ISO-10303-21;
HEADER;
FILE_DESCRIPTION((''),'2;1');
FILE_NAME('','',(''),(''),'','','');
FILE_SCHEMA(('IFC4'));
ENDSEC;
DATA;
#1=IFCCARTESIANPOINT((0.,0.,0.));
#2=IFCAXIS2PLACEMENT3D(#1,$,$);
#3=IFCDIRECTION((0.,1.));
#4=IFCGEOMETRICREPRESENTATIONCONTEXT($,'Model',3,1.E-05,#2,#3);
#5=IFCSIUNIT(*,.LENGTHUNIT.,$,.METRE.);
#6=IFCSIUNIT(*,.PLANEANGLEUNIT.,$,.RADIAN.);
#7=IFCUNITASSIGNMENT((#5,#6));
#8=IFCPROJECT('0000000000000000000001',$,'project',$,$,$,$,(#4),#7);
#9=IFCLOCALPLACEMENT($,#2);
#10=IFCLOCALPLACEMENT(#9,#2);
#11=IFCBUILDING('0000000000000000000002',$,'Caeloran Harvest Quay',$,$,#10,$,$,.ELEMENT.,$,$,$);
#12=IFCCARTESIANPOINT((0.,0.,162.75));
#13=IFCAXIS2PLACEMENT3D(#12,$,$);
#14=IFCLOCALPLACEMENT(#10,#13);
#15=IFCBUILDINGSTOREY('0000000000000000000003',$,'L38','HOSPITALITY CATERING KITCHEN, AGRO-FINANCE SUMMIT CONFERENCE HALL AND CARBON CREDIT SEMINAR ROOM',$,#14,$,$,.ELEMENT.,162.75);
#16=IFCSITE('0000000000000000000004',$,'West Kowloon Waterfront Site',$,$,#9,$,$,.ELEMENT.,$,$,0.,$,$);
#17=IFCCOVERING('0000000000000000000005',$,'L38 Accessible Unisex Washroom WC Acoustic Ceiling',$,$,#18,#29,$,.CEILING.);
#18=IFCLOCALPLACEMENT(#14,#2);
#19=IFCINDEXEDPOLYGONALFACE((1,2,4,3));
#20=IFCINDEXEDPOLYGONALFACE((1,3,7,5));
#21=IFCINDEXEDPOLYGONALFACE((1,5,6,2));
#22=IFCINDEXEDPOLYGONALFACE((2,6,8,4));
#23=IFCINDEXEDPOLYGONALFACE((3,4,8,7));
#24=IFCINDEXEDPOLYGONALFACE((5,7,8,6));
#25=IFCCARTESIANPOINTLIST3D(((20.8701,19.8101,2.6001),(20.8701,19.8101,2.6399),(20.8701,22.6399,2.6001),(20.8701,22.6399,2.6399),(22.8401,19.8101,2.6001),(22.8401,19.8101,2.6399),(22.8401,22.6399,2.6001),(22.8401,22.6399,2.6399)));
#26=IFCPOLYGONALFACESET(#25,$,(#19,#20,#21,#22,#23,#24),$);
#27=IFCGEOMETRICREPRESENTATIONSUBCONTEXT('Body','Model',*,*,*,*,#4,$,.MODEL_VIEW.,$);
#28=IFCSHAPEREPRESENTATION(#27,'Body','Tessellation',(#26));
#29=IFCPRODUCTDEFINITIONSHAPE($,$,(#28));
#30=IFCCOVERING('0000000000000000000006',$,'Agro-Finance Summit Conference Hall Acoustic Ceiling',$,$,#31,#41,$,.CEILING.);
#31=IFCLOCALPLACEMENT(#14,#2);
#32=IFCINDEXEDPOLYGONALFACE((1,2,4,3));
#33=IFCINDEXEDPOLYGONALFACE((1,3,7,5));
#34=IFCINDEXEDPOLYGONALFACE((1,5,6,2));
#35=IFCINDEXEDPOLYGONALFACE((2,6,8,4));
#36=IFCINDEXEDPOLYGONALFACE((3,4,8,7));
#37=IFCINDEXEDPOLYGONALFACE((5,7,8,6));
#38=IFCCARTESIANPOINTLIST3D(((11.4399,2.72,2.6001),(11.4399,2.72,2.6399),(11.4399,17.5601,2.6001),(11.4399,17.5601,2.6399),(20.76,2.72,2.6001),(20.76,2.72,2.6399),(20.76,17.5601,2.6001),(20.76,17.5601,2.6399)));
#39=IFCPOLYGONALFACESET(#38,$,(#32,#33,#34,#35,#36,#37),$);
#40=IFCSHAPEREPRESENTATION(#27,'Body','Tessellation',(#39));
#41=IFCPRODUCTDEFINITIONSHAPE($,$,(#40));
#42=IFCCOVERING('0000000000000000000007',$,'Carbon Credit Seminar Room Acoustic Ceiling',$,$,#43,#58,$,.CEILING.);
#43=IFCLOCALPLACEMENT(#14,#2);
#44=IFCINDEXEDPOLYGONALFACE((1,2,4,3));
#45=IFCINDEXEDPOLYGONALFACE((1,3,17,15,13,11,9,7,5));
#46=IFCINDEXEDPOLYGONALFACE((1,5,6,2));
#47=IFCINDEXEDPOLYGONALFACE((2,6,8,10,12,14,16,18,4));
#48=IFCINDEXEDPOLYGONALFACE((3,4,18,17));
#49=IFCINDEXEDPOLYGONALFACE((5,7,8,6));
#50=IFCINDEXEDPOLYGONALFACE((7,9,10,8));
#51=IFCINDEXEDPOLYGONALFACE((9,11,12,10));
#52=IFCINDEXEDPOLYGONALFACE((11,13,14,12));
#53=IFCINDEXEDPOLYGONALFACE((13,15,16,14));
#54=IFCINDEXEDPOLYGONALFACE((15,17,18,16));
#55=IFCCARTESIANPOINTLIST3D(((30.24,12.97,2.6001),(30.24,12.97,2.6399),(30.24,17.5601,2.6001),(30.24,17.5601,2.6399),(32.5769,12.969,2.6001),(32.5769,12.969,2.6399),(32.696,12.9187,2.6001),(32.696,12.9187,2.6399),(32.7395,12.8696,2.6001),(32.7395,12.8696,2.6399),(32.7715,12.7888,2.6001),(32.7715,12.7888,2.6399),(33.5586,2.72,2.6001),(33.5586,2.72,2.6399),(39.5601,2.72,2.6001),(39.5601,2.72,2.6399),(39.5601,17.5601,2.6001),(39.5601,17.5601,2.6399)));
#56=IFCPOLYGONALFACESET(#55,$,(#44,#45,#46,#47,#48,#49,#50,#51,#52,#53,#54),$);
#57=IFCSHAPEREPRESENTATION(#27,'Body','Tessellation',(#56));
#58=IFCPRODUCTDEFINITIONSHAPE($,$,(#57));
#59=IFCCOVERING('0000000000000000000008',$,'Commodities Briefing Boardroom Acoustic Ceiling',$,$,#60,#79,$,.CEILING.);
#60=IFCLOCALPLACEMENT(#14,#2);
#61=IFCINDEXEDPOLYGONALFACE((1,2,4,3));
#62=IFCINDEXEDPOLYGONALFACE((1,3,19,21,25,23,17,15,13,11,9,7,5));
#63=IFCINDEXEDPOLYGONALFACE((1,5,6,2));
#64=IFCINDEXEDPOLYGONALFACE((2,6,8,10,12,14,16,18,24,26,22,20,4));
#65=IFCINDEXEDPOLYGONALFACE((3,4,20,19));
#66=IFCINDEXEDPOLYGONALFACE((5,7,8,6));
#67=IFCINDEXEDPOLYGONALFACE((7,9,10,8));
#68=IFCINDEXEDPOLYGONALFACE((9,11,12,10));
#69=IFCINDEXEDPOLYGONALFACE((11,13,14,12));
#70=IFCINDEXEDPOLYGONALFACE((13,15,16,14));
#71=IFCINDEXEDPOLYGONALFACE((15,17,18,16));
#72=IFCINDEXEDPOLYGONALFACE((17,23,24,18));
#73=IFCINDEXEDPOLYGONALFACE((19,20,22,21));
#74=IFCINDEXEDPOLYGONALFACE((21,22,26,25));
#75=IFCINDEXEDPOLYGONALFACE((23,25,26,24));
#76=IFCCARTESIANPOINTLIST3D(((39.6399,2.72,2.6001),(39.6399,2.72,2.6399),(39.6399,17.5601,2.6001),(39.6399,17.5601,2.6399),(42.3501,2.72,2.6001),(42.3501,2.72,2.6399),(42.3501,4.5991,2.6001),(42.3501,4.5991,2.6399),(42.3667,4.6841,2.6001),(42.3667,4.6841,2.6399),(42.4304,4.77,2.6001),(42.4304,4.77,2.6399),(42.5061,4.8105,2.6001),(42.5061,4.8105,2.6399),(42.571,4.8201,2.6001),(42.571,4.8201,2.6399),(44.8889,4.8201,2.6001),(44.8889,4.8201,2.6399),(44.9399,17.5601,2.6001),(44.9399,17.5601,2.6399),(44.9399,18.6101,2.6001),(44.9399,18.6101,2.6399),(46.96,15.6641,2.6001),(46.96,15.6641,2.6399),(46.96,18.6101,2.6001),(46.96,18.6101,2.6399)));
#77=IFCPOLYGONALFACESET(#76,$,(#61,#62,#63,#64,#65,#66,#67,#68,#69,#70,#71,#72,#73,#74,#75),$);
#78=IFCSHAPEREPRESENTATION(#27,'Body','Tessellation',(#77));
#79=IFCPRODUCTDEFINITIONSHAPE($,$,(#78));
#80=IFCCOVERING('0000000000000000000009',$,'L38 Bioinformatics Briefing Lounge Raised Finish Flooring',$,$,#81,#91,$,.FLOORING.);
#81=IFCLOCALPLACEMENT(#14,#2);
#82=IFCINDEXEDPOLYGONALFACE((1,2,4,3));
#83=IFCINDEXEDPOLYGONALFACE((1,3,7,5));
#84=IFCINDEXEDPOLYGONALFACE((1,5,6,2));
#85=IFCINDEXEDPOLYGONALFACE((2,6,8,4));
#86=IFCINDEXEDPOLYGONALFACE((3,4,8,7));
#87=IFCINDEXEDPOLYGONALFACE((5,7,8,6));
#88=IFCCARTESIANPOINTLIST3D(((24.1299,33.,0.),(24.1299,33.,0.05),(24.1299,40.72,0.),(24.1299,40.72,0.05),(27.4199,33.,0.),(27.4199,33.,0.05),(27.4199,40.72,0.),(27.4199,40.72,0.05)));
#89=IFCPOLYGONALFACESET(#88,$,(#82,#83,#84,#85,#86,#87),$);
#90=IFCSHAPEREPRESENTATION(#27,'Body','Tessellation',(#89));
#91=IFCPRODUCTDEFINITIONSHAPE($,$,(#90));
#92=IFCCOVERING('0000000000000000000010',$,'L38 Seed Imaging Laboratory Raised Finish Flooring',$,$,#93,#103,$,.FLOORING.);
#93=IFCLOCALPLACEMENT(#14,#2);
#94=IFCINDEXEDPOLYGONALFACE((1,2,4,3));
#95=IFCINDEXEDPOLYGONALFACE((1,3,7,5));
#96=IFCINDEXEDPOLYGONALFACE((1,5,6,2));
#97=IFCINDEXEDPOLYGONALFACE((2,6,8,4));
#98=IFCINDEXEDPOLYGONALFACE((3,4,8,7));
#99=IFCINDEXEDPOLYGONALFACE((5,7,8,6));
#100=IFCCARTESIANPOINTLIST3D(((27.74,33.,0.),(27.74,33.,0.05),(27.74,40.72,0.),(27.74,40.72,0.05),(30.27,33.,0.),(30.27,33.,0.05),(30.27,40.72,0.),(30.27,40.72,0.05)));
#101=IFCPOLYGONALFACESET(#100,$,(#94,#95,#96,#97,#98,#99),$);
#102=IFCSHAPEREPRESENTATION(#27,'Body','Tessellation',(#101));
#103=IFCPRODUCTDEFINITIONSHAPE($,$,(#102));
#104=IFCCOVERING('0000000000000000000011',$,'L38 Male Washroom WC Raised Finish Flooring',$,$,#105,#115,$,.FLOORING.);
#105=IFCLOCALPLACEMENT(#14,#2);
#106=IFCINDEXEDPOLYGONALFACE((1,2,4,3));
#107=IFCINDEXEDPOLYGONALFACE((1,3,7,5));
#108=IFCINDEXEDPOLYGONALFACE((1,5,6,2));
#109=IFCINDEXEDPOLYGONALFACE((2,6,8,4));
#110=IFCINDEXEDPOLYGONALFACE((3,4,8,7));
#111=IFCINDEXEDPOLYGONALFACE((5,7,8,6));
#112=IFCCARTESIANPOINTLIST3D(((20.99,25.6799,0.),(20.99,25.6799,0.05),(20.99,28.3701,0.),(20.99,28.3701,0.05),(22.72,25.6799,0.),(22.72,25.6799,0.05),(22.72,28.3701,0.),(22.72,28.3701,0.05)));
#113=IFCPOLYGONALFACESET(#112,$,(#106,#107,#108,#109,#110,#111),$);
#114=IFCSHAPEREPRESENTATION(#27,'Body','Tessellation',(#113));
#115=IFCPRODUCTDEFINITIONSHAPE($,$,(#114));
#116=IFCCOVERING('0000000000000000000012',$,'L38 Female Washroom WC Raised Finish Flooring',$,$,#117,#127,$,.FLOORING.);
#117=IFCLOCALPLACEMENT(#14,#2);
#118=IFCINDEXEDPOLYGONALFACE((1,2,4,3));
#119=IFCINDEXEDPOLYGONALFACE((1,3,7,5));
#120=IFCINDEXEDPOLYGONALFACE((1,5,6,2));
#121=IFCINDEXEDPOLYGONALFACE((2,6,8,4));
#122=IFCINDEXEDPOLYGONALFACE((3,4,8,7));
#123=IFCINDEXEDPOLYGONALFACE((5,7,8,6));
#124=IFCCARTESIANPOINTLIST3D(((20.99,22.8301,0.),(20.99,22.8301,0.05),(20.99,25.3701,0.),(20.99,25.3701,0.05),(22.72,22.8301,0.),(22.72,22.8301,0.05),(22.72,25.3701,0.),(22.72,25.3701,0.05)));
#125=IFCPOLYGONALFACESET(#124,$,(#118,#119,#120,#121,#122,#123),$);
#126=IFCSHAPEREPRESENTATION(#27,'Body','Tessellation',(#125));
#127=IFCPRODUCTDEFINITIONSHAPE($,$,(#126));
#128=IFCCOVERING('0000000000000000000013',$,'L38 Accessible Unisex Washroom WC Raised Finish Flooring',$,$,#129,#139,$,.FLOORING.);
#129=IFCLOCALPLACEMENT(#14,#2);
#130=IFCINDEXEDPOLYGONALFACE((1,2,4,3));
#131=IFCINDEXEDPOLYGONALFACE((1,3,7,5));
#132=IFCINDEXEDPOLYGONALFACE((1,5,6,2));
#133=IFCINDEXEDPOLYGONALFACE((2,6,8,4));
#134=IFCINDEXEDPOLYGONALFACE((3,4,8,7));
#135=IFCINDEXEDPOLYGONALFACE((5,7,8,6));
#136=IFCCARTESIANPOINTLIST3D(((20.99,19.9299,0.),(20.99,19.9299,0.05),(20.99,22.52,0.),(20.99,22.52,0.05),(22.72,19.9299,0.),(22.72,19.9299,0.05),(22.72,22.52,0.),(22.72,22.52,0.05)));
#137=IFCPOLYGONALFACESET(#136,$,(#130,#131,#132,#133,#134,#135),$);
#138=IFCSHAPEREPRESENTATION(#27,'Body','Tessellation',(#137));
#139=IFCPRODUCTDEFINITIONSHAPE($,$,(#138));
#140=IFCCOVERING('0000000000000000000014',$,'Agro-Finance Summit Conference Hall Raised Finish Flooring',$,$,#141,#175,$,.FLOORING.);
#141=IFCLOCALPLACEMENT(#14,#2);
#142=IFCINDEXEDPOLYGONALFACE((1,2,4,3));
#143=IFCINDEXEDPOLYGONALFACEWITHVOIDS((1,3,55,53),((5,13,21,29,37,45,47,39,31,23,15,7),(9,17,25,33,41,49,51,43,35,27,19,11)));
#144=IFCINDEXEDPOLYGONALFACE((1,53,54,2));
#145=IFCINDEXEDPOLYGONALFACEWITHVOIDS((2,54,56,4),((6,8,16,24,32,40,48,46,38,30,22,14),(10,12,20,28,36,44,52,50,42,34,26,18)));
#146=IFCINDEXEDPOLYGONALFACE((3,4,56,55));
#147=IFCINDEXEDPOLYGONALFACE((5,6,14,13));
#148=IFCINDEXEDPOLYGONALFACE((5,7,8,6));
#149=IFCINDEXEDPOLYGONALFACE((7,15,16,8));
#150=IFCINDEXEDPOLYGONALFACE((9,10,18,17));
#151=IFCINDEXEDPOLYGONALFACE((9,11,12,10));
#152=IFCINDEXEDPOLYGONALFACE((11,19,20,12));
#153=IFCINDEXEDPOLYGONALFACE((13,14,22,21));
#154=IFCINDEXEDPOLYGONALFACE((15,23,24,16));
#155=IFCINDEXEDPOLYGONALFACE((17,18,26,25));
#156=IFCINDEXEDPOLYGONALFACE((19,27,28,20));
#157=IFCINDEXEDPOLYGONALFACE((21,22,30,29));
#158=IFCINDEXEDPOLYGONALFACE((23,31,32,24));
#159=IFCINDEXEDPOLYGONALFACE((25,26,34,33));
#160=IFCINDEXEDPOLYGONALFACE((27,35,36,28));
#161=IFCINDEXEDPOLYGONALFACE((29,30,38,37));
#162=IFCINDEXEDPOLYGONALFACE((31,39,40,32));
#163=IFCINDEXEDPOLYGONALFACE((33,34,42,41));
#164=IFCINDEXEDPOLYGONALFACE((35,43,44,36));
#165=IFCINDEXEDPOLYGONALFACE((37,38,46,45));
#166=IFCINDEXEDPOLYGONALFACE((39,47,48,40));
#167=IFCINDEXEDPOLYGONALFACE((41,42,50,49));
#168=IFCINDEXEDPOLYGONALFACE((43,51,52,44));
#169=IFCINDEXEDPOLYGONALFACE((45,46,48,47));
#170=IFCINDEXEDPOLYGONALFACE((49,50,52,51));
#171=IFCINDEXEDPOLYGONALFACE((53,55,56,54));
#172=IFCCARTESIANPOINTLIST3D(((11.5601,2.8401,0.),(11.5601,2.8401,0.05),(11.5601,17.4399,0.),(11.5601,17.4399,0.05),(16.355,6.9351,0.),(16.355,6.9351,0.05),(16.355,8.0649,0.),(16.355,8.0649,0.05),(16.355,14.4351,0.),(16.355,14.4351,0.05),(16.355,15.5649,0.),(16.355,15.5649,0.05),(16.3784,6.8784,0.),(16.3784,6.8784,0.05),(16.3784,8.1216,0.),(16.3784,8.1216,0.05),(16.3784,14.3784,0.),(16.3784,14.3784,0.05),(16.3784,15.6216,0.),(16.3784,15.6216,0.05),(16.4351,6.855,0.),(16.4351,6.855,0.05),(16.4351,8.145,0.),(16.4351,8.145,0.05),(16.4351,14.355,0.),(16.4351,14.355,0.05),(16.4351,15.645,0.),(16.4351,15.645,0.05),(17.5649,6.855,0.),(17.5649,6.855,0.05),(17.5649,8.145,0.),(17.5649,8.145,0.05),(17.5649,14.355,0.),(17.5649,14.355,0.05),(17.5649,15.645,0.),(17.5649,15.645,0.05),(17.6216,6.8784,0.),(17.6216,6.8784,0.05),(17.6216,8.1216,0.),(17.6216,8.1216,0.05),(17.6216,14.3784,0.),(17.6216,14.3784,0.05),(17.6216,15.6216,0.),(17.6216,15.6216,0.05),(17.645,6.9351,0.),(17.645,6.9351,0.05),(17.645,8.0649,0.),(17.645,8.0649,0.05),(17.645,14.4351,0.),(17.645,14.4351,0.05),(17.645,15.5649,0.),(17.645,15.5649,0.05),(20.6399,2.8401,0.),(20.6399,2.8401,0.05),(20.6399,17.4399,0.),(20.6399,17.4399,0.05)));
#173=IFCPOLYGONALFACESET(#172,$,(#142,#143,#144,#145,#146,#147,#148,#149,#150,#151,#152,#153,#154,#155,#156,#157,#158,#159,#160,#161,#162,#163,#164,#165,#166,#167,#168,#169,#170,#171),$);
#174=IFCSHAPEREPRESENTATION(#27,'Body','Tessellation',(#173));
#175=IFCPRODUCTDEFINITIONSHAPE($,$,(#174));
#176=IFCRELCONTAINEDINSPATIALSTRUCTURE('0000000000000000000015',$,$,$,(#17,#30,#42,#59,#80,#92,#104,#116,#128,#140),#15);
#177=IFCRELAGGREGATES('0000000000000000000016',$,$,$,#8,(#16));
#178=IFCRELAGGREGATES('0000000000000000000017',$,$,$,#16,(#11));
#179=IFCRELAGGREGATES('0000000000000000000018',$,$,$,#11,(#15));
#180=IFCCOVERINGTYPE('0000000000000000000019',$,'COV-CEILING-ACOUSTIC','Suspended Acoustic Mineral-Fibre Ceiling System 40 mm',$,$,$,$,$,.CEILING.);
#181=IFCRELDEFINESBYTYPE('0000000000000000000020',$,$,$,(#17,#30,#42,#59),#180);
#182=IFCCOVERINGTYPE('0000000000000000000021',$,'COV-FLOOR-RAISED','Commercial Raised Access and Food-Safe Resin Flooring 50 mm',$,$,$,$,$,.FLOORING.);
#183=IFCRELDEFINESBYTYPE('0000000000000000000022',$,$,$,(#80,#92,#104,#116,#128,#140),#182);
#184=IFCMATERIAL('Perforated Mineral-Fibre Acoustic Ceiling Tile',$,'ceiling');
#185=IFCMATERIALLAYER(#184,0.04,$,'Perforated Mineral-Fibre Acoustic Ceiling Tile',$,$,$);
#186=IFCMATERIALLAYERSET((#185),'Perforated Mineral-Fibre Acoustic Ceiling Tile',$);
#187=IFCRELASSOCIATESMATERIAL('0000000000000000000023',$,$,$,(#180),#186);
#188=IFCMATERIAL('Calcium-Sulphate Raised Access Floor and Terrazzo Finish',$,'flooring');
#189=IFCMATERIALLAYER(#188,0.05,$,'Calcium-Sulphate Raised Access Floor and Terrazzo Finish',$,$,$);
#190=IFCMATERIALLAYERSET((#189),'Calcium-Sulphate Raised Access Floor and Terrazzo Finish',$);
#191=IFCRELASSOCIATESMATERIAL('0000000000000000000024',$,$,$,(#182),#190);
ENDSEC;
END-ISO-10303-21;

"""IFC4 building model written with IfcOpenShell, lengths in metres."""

from ifc_helpers import new_model, si_unit, direction, frame, origin, place, context, subcontext, project, spatial, polyline, outline, extrude, material, layer, layer_set, type_object, element, save


model = new_model("IFC4")

# Units and contexts
model_context = context("Model", 3, precision=1e-05, world=origin(), true_north=direction((0.0, 1.0)))
body_context = subcontext(model_context, "Body", "Model", "MODEL_VIEW")
ifc_project = project(units=[si_unit("LENGTHUNIT", "METRE"), si_unit("PLANEANGLEUNIT", "RADIAN")], contexts=[model_context])

# Site, building, storey
site_placement = place(None, origin())
site = spatial("IfcSite", under=ifc_project, at=site_placement, Name="West Kowloon Waterfront Site", CompositionType="ELEMENT", RefElevation=0.0)
building_placement = place(site_placement, origin())
building = spatial("IfcBuilding", under=site, at=building_placement, Name="Caeloran Harvest Quay", CompositionType="ELEMENT")
storey_placement = place(building_placement, frame((0.0, 0.0, 162.75)))
storey = spatial("IfcBuildingStorey", under=building, at=storey_placement, Name="L38", Description="HOSPITALITY CATERING KITCHEN, AGRO-FINANCE SUMMIT CONFERENCE HALL AND CARBON CREDIT SEMINAR ROOM", CompositionType="ELEMENT", Elevation=162.75)

# Coverings
ifc_material_1 = material(Name="Perforated Mineral-Fibre Acoustic Ceiling Tile", Category="ceiling")
ifc_layer_1 = layer(ifc_material_1, 0.04, Name="Perforated Mineral-Fibre Acoustic Ceiling Tile")
ifc_layer_set_1 = layer_set([ifc_layer_1], Name="Perforated Mineral-Fibre Acoustic Ceiling Tile")
covering_type_1 = type_object("IfcCoveringType", Name="COV-CEILING-ACOUSTIC", Description="Suspended Acoustic Mineral-Fibre Ceiling System 40 mm", PredefinedType="CEILING", material=ifc_layer_set_1)
covering_1_placement = place(storey_placement, frame((0.0, 0.0, 2.6001)))
element("IfcCovering", 1, at=covering_1_placement, inside=storey, type_object=covering_type_1, Name="L38 Accessible Unisex Washroom WC Acoustic Ceiling", PredefinedType="CEILING", context=body_context, shape_type="SweptSolid", body=[
    extrude(outline(polyline([(22.8401, 19.8101), (20.8701, 19.8101), (20.8701, 22.6399), (22.8401, 22.6399), (22.8401, 19.8101)])), origin(), (0.0, 0.0, 1.0), 0.0398),
])
covering_2_placement = place(storey_placement, frame((0.0, 0.0, 2.6001)))
element("IfcCovering", 2, at=covering_2_placement, inside=storey, type_object=covering_type_1, Name="Agro-Finance Summit Conference Hall Acoustic Ceiling", PredefinedType="CEILING", context=body_context, shape_type="SweptSolid", body=[
    extrude(outline(polyline([(20.76, 2.72), (11.4399, 2.72), (11.4399, 17.5601), (20.76, 17.5601), (20.76, 2.72)])), origin(), (0.0, 0.0, 1.0), 0.0398),
])
covering_3_placement = place(storey_placement, frame((0.0, 0.0, 2.6001)))
element("IfcCovering", 3, at=covering_3_placement, inside=storey, type_object=covering_type_1, Name="Carbon Credit Seminar Room Acoustic Ceiling", PredefinedType="CEILING", context=body_context, shape_type="SweptSolid", body=[
    extrude(outline(polyline([(32.7715, 12.7888), (32.7395, 12.8696), (32.696, 12.9187), (32.5769, 12.969), (30.24, 12.97), (30.24, 17.5601), (39.5601, 17.5601), (39.5601, 2.72), (33.5586, 2.72), (32.7715, 12.7888)])), origin(), (0.0, 0.0, 1.0), 0.0398),
])
covering_4_placement = place(storey_placement, frame((0.0, 0.0, 2.6001)))
element("IfcCovering", 4, at=covering_4_placement, inside=storey, type_object=covering_type_1, Name="Commodities Briefing Boardroom Acoustic Ceiling", PredefinedType="CEILING", context=body_context, shape_type="SweptSolid", body=[
    extrude(outline(polyline([(44.9399, 17.5601), (44.9399, 18.6101), (46.96, 18.6101), (46.96, 15.6641), (44.8889, 4.8201), (42.571, 4.8201), (42.5061, 4.8105), (42.4304, 4.77), (42.3667, 4.6841), (42.3501, 4.5991), (42.3501, 2.72), (39.6399, 2.72), (39.6399, 17.5601), (44.9399, 17.5601)])), origin(), (0.0, 0.0, 1.0), 0.0398),
])
ifc_material_2 = material(Name="Calcium-Sulphate Raised Access Floor and Terrazzo Finish", Category="flooring")
ifc_layer_2 = layer(ifc_material_2, 0.05, Name="Calcium-Sulphate Raised Access Floor and Terrazzo Finish")
ifc_layer_set_2 = layer_set([ifc_layer_2], Name="Calcium-Sulphate Raised Access Floor and Terrazzo Finish")
covering_type_2 = type_object("IfcCoveringType", Name="COV-FLOOR-RAISED", Description="Commercial Raised Access and Food-Safe Resin Flooring 50 mm", PredefinedType="FLOORING", material=ifc_layer_set_2)
covering_5_placement = place(storey_placement, origin())
element("IfcCovering", 5, at=covering_5_placement, inside=storey, type_object=covering_type_2, Name="L38 Bioinformatics Briefing Lounge Raised Finish Flooring", PredefinedType="FLOORING", context=body_context, shape_type="SweptSolid", body=[
    extrude(outline(polyline([(27.4199, 40.72), (27.4199, 33.0), (24.1299, 33.0), (24.1299, 40.72), (27.4199, 40.72)])), origin(), (0.0, 0.0, 1.0), 0.05),
])
covering_6_placement = place(storey_placement, origin())
element("IfcCovering", 6, at=covering_6_placement, inside=storey, type_object=covering_type_2, Name="L38 Seed Imaging Laboratory Raised Finish Flooring", PredefinedType="FLOORING", context=body_context, shape_type="SweptSolid", body=[
    extrude(outline(polyline([(30.27, 40.72), (30.27, 33.0), (27.74, 33.0), (27.74, 40.72), (30.27, 40.72)])), origin(), (0.0, 0.0, 1.0), 0.05),
])
covering_7_placement = place(storey_placement, origin())
element("IfcCovering", 7, at=covering_7_placement, inside=storey, type_object=covering_type_2, Name="L38 Male Washroom WC Raised Finish Flooring", PredefinedType="FLOORING", context=body_context, shape_type="SweptSolid", body=[
    extrude(outline(polyline([(22.72, 25.6799), (20.99, 25.6799), (20.99, 28.3701), (22.72, 28.3701), (22.72, 25.6799)])), origin(), (0.0, 0.0, 1.0), 0.05),
])
covering_8_placement = place(storey_placement, origin())
element("IfcCovering", 8, at=covering_8_placement, inside=storey, type_object=covering_type_2, Name="L38 Female Washroom WC Raised Finish Flooring", PredefinedType="FLOORING", context=body_context, shape_type="SweptSolid", body=[
    extrude(outline(polyline([(22.72, 22.8301), (20.99, 22.8301), (20.99, 25.3701), (22.72, 25.3701), (22.72, 22.8301)])), origin(), (0.0, 0.0, 1.0), 0.05),
])
covering_9_placement = place(storey_placement, origin())
element("IfcCovering", 9, at=covering_9_placement, inside=storey, type_object=covering_type_2, Name="L38 Accessible Unisex Washroom WC Raised Finish Flooring", PredefinedType="FLOORING", context=body_context, shape_type="SweptSolid", body=[
    extrude(outline(polyline([(22.72, 19.9299), (20.99, 19.9299), (20.99, 22.52), (22.72, 22.52), (22.72, 19.9299)])), origin(), (0.0, 0.0, 1.0), 0.05),
])
covering_10_placement = place(storey_placement, origin())
element("IfcCovering", 10, at=covering_10_placement, inside=storey, type_object=covering_type_2, Name="Agro-Finance Summit Conference Hall Raised Finish Flooring", PredefinedType="FLOORING", context=body_context, shape_type="SweptSolid", body=[
    extrude(outline(polyline([(11.5601, 17.4399), (20.6399, 17.4399), (20.6399, 2.8401), (11.5601, 2.8401), (11.5601, 17.4399)]), holes=[polyline([(16.4351, 8.145), (16.3784, 8.1216), (16.355, 8.0649), (16.355, 6.9351), (16.3784, 6.8784), (16.4351, 6.855), (17.5649, 6.855), (17.6216, 6.8784), (17.645, 6.9351), (17.645, 8.0649), (17.6216, 8.1216), (17.5649, 8.145), (16.4351, 8.145)]), polyline([(16.4351, 15.645), (16.3784, 15.6216), (16.355, 15.5649), (16.355, 14.4351), (16.3784, 14.3784), (16.4351, 14.355), (17.5649, 14.355), (17.6216, 14.3784), (17.645, 14.4351), (17.645, 15.5649), (17.6216, 15.6216), (17.5649, 15.645), (16.4351, 15.645)])]), origin(), (0.0, 0.0, 1.0), 0.05),
])

save(model, "model.ifc")
